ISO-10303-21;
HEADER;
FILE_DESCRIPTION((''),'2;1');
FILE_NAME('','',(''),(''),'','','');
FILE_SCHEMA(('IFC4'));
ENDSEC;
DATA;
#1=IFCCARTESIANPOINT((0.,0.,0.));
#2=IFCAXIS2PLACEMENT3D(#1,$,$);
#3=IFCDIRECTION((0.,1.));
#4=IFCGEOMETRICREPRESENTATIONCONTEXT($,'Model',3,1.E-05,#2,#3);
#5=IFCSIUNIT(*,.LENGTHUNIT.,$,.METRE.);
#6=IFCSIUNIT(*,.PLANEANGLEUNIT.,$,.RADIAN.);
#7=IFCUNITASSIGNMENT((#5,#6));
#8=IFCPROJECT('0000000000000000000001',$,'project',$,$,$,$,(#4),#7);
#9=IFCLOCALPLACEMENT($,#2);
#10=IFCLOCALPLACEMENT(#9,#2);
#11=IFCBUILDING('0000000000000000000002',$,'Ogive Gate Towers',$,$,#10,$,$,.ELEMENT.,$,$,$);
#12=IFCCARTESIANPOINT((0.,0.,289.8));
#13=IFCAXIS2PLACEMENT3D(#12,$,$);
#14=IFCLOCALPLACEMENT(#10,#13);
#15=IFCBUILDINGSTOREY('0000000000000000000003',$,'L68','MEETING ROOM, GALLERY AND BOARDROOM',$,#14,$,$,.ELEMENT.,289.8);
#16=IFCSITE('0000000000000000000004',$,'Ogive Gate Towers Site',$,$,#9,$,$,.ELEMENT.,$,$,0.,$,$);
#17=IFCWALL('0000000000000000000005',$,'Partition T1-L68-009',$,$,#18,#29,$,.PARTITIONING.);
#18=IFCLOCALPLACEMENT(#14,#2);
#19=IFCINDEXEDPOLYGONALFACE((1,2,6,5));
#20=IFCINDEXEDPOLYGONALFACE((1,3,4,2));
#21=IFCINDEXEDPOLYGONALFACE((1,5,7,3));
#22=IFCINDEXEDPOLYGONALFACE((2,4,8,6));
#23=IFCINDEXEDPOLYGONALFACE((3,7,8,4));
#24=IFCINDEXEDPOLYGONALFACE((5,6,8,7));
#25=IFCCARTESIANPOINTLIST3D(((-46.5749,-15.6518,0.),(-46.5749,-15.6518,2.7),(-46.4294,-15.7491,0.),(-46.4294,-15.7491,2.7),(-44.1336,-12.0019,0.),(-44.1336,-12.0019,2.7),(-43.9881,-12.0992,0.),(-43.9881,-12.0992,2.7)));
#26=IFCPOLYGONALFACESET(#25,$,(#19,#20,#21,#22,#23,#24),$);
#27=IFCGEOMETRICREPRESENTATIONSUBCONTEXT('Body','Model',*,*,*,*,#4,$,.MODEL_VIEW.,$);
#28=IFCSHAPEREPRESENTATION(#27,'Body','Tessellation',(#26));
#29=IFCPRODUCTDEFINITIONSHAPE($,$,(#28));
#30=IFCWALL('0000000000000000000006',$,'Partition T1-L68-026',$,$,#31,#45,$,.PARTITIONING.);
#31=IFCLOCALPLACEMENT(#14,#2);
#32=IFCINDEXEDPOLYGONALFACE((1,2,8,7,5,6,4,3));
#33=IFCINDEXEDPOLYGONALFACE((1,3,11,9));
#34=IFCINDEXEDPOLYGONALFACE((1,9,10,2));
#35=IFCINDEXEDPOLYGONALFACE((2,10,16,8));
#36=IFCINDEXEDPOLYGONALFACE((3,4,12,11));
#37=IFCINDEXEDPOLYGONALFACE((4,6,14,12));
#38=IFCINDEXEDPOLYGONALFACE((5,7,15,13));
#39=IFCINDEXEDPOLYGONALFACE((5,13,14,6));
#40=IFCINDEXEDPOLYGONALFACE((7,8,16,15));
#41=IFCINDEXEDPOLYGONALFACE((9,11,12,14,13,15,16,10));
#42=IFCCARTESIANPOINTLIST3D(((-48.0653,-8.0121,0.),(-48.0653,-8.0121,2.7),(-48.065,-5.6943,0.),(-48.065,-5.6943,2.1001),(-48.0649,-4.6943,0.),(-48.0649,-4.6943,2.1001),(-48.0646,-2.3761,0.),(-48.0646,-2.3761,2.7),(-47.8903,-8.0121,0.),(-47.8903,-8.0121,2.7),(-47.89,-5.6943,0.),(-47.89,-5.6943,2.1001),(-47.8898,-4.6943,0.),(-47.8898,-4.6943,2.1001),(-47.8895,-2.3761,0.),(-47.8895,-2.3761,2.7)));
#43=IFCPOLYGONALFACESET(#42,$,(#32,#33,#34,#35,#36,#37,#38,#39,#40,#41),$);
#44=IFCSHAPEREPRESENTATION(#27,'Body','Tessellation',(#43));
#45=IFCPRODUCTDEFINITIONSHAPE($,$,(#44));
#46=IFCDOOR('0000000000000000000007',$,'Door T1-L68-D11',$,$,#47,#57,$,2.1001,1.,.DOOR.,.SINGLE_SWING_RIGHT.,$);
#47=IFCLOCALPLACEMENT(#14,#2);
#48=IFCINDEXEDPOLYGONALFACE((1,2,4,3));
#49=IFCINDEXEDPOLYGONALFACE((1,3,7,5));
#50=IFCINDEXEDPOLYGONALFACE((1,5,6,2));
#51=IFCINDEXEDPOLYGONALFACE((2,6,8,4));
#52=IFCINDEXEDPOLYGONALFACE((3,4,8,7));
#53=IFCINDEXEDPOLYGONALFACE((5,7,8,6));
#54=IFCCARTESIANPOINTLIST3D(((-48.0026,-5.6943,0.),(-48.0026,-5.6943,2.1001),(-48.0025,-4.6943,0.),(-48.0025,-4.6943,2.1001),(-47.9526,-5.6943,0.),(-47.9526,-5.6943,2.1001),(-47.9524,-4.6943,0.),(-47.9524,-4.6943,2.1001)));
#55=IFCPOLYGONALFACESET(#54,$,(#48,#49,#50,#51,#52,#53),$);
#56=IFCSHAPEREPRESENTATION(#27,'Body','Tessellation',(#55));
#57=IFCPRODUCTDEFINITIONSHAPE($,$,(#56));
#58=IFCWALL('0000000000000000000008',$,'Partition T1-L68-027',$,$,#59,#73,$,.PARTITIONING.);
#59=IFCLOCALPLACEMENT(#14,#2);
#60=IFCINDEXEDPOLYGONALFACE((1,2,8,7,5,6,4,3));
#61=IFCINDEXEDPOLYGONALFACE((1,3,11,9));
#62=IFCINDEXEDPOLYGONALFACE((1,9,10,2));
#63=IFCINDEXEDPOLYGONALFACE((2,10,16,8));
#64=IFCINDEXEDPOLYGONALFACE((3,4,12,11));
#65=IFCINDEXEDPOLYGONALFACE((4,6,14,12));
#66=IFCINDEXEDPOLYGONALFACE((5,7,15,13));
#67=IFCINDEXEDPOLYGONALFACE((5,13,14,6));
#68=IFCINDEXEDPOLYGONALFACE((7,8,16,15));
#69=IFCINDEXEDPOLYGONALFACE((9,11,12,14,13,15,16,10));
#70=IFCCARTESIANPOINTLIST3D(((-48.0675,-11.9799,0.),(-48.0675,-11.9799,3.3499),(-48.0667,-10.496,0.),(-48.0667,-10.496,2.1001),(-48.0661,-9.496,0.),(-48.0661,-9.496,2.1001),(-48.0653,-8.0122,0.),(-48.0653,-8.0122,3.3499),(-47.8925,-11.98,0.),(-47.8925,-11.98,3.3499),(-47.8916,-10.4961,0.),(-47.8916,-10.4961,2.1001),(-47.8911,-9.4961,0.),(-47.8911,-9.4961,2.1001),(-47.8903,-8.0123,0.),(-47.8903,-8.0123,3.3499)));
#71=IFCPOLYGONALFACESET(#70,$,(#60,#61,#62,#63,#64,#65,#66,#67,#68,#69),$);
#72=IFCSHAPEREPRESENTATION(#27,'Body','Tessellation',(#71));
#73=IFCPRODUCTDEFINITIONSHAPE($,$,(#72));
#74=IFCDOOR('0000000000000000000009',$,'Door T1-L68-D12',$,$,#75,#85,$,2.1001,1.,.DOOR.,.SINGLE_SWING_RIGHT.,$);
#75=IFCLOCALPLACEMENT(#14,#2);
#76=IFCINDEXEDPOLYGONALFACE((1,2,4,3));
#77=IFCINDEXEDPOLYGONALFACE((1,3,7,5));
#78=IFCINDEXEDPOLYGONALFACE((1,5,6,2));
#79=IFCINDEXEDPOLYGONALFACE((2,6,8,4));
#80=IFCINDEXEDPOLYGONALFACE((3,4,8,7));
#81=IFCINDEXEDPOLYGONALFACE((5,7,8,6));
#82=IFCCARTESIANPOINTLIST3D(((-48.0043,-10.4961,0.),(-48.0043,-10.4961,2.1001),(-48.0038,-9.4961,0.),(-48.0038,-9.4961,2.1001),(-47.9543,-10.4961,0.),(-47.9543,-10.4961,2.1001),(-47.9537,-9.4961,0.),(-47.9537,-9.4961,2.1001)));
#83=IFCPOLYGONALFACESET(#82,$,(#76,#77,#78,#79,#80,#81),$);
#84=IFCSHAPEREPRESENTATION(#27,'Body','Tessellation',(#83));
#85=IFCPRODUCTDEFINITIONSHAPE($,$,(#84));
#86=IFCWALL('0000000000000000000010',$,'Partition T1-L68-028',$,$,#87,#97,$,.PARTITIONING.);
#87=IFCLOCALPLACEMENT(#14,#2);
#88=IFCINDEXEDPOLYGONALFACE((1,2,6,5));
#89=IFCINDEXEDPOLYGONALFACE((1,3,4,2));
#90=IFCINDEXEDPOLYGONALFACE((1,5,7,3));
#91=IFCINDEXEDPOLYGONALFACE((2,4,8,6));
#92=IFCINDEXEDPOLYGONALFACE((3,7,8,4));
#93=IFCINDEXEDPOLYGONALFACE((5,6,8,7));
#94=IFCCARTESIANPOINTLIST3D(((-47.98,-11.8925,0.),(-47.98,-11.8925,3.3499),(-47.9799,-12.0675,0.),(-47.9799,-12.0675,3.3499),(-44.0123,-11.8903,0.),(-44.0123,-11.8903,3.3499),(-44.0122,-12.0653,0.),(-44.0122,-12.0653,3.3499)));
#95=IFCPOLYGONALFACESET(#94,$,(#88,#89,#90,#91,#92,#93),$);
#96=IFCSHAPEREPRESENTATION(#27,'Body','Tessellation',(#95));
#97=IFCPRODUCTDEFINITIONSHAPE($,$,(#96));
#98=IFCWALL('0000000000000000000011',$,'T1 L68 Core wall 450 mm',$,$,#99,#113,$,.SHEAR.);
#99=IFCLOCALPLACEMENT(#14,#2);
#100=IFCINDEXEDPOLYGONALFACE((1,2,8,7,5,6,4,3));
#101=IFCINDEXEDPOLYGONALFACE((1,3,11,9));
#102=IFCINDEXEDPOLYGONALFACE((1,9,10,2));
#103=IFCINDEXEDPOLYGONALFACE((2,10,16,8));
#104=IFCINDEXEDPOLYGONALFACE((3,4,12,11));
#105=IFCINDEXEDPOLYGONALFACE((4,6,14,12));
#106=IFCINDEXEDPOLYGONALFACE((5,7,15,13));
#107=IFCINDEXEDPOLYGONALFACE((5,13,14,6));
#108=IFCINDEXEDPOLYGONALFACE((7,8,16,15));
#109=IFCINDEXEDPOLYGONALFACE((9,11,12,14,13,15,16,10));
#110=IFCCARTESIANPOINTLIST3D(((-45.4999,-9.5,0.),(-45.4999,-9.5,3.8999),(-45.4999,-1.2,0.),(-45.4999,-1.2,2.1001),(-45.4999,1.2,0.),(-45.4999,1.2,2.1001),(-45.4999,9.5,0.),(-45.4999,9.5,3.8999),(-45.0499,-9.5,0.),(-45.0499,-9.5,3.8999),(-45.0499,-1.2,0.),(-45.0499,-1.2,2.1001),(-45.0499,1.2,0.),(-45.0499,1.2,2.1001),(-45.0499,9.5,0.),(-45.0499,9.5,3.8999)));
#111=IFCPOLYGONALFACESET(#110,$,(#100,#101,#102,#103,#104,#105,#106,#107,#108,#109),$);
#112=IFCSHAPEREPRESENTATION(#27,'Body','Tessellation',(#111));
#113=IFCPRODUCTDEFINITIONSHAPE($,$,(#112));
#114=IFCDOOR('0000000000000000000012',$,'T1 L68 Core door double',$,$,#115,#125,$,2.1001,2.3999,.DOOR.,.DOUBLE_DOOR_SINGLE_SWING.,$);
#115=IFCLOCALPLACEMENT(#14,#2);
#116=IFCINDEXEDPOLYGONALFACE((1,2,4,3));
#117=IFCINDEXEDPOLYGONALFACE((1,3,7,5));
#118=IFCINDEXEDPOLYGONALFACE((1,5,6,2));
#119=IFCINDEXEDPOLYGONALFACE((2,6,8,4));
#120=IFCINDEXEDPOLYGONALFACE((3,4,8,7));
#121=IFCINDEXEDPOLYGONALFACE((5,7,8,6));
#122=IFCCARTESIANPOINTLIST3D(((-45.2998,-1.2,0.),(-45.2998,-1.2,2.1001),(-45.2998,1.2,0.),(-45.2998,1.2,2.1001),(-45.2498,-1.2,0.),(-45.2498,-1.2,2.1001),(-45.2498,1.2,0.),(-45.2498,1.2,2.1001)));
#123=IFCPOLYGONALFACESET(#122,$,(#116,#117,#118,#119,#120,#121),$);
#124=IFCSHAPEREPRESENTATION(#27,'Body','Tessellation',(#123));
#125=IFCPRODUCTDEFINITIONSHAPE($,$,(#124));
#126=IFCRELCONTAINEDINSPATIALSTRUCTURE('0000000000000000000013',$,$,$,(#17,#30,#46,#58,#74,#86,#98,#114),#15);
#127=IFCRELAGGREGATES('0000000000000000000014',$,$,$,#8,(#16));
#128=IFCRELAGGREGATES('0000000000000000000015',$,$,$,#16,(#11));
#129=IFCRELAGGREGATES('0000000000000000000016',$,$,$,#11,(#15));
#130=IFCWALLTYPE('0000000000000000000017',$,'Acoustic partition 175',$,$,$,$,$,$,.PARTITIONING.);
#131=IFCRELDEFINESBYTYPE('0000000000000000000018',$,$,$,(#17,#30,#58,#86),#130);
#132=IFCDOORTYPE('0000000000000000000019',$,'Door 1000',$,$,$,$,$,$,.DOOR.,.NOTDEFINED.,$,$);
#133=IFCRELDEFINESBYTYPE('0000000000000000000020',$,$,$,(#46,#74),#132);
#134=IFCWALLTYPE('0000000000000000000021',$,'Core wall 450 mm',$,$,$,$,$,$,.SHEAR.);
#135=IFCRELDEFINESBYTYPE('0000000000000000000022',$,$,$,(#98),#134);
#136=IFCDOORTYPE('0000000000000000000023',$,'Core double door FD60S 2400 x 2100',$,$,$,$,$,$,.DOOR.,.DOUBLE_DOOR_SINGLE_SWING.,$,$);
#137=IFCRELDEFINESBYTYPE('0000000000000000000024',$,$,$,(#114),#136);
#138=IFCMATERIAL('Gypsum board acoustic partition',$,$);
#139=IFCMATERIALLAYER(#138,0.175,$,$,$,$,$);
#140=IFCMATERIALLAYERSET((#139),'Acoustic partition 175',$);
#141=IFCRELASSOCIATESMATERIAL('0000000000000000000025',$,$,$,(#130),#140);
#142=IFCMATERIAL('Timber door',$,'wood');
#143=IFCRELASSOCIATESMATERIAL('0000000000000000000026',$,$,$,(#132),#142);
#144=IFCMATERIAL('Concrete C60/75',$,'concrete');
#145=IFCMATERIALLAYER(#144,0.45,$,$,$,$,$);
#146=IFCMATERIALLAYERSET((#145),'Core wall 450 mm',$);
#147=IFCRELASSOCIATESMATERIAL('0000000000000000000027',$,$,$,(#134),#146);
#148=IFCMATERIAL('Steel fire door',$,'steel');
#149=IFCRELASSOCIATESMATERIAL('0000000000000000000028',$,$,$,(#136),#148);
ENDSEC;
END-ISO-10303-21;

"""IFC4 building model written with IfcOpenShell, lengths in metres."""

from ifc_helpers import new_model, si_unit, direction, frame, frame_2d, origin, place, context, subcontext, project, spatial, rectangle, extrude, material, layer, layer_set, type_object, element, fill, save


model = new_model("IFC4")

# Units and contexts
model_context = context("Model", 3, precision=1e-05, world=origin(), true_north=direction((0.0, 1.0)))
body_context = subcontext(model_context, "Body", "Model", "MODEL_VIEW")
ifc_project = project(units=[si_unit("LENGTHUNIT", "METRE"), si_unit("PLANEANGLEUNIT", "RADIAN")], contexts=[model_context])

# Site, building, storey
site_placement = place(None, origin())
site = spatial("IfcSite", under=ifc_project, at=site_placement, Name="Ogive Gate Towers Site", CompositionType="ELEMENT", RefElevation=0.0)
building_placement = place(site_placement, origin())
building = spatial("IfcBuilding", under=site, at=building_placement, Name="Ogive Gate Towers", CompositionType="ELEMENT")
storey_placement = place(building_placement, frame((0.0, 0.0, 289.8)))
storey = spatial("IfcBuildingStorey", under=building, at=storey_placement, Name="L68", Description="MEETING ROOM, GALLERY AND BOARDROOM", CompositionType="ELEMENT", Elevation=289.8)

# Wall
ifc_material_1 = material(Name="Gypsum board acoustic partition")
ifc_layer_1 = layer(ifc_material_1, 0.175)
ifc_layer_set_1 = layer_set([ifc_layer_1], Name="Acoustic partition 175")
wall_type_1 = type_object("IfcWallType", Name="Acoustic partition 175", PredefinedType="PARTITIONING", material=ifc_layer_set_1)
for number, where, z_axis, x_axis, name in (
    (1, (-46.5022, -15.7004, 0.0), (0.0, 0.0, 1.0), (0.555983, 0.831194, 0.0), "Partition T1-L68-009"),
):
    element("IfcWall", number, at=place(storey_placement, frame(where, z_axis=z_axis, x_axis=x_axis)), inside=storey, type_object=wall_type_1, Name=name, PredefinedType="PARTITIONING", context=body_context, shape_type="SweptSolid", body=[
        extrude(rectangle(XDim=4.3911, YDim=0.175, at=frame_2d((2.1956, 0.0))), origin(), (0.0, 0.0, 1.0), 2.7),
    ])

# Walls, openings, doors
wall_1_placement = place(storey_placement, frame((-47.9771, -2.3762, 0.0), z_axis=(0.0, 0.0, 1.0), x_axis=(-0.00013, -1.0, 0.0)))
wall_1 = element("IfcWall", 2, at=wall_1_placement, inside=storey, type_object=wall_type_1, Name="Partition T1-L68-026", PredefinedType="PARTITIONING", context=body_context, shape_type="SweptSolid", body=[
    extrude(rectangle(XDim=5.636, YDim=0.175, at=frame_2d((2.8179, 0.0))), origin(), (0.0, 0.0, 1.0), 2.7),
])
opening_1_placement = place(wall_1_placement, frame((2.3181, 0.0, 0.0)))
opening_1 = element("IfcOpeningElement", 3, at=opening_1_placement, cuts=wall_1, PredefinedType="OPENING", context=body_context, shape_type="SweptSolid", body=[
    extrude(rectangle(XDim=1.0, YDim=2.1001, at=frame_2d((0.5, 1.05))), frame((0.0, 0.0977, 0.0), z_axis=(0.0, -1.0, 0.0), x_axis=(1.0, 0.0, 0.0)), (0.0, 0.0, 1.0), 0.1951),
])
ifc_material_2 = material(Name="Timber door", Category="wood")
door_type_1 = type_object("IfcDoorType", Name="Door 1000", OperationType="NOTDEFINED", PredefinedType="DOOR", material=ifc_material_2)
door_1_placement = place(opening_1_placement, origin())
door_1 = element("IfcDoor", 4, at=door_1_placement, inside=storey, type_object=door_type_1, Name="Door T1-L68-D11", OperationType="SINGLE_SWING_RIGHT", OverallHeight=2.1001, OverallWidth=1.0, PredefinedType="DOOR", context=body_context, shape_type="SweptSolid", body=[
    extrude(rectangle(XDim=1.0, YDim=2.1001, at=frame_2d((0.5, 1.05))), frame((0.0, 0.0249, 0.0), z_axis=(0.0, -1.0, 0.0), x_axis=(1.0, 0.0, 0.0)), (0.0, 0.0, 1.0), 0.05),
])
fill(opening_1, door_1)
wall_2_placement = place(storey_placement, frame((-47.9778, -8.0122, 0.0), z_axis=(0.0, 0.0, 1.0), x_axis=(-0.000554, -1.0, 0.0)))
wall_2 = element("IfcWall", 5, at=wall_2_placement, inside=storey, type_object=wall_type_1, Name="Partition T1-L68-027", PredefinedType="PARTITIONING", context=body_context, shape_type="SweptSolid", body=[
    extrude(rectangle(XDim=3.9678, YDim=0.175, at=frame_2d((1.9839, 0.0))), origin(), (0.0, 0.0, 1.0), 3.3499),
])
opening_2_placement = place(wall_2_placement, frame((1.4839, 0.0, 0.0)))
opening_2 = element("IfcOpeningElement", 6, at=opening_2_placement, cuts=wall_2, PredefinedType="OPENING", context=body_context, shape_type="SweptSolid", body=[
    extrude(rectangle(XDim=1.0, YDim=2.1001, at=frame_2d((0.5, 1.05))), frame((0.0, 0.0977, 0.0), z_axis=(0.0, -1.0, 0.0), x_axis=(1.0, 0.0, 0.0)), (0.0, 0.0, 1.0), 0.1951),
])
door_2_placement = place(opening_2_placement, origin())
door_2 = element("IfcDoor", 7, at=door_2_placement, inside=storey, type_object=door_type_1, Name="Door T1-L68-D12", OperationType="SINGLE_SWING_RIGHT", OverallHeight=2.1001, OverallWidth=1.0, PredefinedType="DOOR", context=body_context, shape_type="SweptSolid", body=[
    extrude(rectangle(XDim=1.0, YDim=2.1001, at=frame_2d((0.5, 1.05))), frame((0.0, 0.0249, 0.0), z_axis=(0.0, -1.0, 0.0), x_axis=(1.0, 0.0, 0.0)), (0.0, 0.0, 1.0), 0.05),
])
fill(opening_2, door_2)

# Wall
wall_3_placement = place(storey_placement, frame((-47.98, -11.98, 0.0), z_axis=(0.0, 0.0, 1.0), x_axis=(1.0, 0.000554, 0.0)))
element("IfcWall", 8, at=wall_3_placement, inside=storey, type_object=wall_type_1, Name="Partition T1-L68-028", PredefinedType="PARTITIONING", context=body_context, shape_type="SweptSolid", body=[
    extrude(rectangle(XDim=3.9678, YDim=0.175, at=frame_2d((1.9839, 0.0))), origin(), (0.0, 0.0, 1.0), 3.3499),
])

# Wall, opening, door
ifc_material_3 = material(Name="Concrete C60/75", Category="concrete")
ifc_layer_2 = layer(ifc_material_3, 0.45)
ifc_layer_set_2 = layer_set([ifc_layer_2], Name="Core wall 450 mm")
wall_type_2 = type_object("IfcWallType", Name="Core wall 450 mm", PredefinedType="SHEAR", material=ifc_layer_set_2)
wall_4_placement = place(storey_placement, frame((-45.2749, -9.5, 0.0), z_axis=(0.0, 0.0, 1.0), x_axis=(0.0, 1.0, 0.0)))
wall_4 = element("IfcWall", 9, at=wall_4_placement, inside=storey, type_object=wall_type_2, Name="T1 L68 Core wall 450 mm", PredefinedType="SHEAR", context=body_context, shape_type="SweptSolid", body=[
    extrude(rectangle(XDim=19.0, YDim=0.45, at=frame_2d((9.5, 0.0))), origin(), (0.0, 0.0, 1.0), 3.8999),
])
opening_3_placement = place(wall_4_placement, frame((8.3, 0.0, 0.0)))
opening_3 = element("IfcOpeningElement", 10, at=opening_3_placement, cuts=wall_4, PredefinedType="OPENING", context=body_context, shape_type="SweptSolid", body=[
    extrude(rectangle(XDim=2.3999, YDim=2.1001, at=frame_2d((1.2, 1.05))), frame((0.0, 0.2349, 0.0), z_axis=(0.0, -1.0, 0.0), x_axis=(1.0, 0.0, 0.0)), (0.0, 0.0, 1.0), 0.47),
])
ifc_material_4 = material(Name="Steel fire door", Category="steel")
door_type_2 = type_object("IfcDoorType", Name="Core double door FD60S 2400 x 2100", OperationType="DOUBLE_DOOR_SINGLE_SWING", PredefinedType="DOOR", material=ifc_material_4)
door_3_placement = place(opening_3_placement, origin())
door_3 = element("IfcDoor", 11, at=door_3_placement, inside=storey, type_object=door_type_2, Name="T1 L68 Core door double", OperationType="DOUBLE_DOOR_SINGLE_SWING", OverallHeight=2.1001, OverallWidth=2.3999, PredefinedType="DOOR", context=body_context, shape_type="SweptSolid", body=[
    extrude(rectangle(XDim=2.3999, YDim=2.1001, at=frame_2d((1.2, 1.05))), frame((0.0, 0.0249, 0.0), z_axis=(0.0, -1.0, 0.0), x_axis=(1.0, 0.0, 0.0)), (0.0, 0.0, 1.0), 0.05),
])
fill(opening_3, door_3)

save(model, "model.ifc")
